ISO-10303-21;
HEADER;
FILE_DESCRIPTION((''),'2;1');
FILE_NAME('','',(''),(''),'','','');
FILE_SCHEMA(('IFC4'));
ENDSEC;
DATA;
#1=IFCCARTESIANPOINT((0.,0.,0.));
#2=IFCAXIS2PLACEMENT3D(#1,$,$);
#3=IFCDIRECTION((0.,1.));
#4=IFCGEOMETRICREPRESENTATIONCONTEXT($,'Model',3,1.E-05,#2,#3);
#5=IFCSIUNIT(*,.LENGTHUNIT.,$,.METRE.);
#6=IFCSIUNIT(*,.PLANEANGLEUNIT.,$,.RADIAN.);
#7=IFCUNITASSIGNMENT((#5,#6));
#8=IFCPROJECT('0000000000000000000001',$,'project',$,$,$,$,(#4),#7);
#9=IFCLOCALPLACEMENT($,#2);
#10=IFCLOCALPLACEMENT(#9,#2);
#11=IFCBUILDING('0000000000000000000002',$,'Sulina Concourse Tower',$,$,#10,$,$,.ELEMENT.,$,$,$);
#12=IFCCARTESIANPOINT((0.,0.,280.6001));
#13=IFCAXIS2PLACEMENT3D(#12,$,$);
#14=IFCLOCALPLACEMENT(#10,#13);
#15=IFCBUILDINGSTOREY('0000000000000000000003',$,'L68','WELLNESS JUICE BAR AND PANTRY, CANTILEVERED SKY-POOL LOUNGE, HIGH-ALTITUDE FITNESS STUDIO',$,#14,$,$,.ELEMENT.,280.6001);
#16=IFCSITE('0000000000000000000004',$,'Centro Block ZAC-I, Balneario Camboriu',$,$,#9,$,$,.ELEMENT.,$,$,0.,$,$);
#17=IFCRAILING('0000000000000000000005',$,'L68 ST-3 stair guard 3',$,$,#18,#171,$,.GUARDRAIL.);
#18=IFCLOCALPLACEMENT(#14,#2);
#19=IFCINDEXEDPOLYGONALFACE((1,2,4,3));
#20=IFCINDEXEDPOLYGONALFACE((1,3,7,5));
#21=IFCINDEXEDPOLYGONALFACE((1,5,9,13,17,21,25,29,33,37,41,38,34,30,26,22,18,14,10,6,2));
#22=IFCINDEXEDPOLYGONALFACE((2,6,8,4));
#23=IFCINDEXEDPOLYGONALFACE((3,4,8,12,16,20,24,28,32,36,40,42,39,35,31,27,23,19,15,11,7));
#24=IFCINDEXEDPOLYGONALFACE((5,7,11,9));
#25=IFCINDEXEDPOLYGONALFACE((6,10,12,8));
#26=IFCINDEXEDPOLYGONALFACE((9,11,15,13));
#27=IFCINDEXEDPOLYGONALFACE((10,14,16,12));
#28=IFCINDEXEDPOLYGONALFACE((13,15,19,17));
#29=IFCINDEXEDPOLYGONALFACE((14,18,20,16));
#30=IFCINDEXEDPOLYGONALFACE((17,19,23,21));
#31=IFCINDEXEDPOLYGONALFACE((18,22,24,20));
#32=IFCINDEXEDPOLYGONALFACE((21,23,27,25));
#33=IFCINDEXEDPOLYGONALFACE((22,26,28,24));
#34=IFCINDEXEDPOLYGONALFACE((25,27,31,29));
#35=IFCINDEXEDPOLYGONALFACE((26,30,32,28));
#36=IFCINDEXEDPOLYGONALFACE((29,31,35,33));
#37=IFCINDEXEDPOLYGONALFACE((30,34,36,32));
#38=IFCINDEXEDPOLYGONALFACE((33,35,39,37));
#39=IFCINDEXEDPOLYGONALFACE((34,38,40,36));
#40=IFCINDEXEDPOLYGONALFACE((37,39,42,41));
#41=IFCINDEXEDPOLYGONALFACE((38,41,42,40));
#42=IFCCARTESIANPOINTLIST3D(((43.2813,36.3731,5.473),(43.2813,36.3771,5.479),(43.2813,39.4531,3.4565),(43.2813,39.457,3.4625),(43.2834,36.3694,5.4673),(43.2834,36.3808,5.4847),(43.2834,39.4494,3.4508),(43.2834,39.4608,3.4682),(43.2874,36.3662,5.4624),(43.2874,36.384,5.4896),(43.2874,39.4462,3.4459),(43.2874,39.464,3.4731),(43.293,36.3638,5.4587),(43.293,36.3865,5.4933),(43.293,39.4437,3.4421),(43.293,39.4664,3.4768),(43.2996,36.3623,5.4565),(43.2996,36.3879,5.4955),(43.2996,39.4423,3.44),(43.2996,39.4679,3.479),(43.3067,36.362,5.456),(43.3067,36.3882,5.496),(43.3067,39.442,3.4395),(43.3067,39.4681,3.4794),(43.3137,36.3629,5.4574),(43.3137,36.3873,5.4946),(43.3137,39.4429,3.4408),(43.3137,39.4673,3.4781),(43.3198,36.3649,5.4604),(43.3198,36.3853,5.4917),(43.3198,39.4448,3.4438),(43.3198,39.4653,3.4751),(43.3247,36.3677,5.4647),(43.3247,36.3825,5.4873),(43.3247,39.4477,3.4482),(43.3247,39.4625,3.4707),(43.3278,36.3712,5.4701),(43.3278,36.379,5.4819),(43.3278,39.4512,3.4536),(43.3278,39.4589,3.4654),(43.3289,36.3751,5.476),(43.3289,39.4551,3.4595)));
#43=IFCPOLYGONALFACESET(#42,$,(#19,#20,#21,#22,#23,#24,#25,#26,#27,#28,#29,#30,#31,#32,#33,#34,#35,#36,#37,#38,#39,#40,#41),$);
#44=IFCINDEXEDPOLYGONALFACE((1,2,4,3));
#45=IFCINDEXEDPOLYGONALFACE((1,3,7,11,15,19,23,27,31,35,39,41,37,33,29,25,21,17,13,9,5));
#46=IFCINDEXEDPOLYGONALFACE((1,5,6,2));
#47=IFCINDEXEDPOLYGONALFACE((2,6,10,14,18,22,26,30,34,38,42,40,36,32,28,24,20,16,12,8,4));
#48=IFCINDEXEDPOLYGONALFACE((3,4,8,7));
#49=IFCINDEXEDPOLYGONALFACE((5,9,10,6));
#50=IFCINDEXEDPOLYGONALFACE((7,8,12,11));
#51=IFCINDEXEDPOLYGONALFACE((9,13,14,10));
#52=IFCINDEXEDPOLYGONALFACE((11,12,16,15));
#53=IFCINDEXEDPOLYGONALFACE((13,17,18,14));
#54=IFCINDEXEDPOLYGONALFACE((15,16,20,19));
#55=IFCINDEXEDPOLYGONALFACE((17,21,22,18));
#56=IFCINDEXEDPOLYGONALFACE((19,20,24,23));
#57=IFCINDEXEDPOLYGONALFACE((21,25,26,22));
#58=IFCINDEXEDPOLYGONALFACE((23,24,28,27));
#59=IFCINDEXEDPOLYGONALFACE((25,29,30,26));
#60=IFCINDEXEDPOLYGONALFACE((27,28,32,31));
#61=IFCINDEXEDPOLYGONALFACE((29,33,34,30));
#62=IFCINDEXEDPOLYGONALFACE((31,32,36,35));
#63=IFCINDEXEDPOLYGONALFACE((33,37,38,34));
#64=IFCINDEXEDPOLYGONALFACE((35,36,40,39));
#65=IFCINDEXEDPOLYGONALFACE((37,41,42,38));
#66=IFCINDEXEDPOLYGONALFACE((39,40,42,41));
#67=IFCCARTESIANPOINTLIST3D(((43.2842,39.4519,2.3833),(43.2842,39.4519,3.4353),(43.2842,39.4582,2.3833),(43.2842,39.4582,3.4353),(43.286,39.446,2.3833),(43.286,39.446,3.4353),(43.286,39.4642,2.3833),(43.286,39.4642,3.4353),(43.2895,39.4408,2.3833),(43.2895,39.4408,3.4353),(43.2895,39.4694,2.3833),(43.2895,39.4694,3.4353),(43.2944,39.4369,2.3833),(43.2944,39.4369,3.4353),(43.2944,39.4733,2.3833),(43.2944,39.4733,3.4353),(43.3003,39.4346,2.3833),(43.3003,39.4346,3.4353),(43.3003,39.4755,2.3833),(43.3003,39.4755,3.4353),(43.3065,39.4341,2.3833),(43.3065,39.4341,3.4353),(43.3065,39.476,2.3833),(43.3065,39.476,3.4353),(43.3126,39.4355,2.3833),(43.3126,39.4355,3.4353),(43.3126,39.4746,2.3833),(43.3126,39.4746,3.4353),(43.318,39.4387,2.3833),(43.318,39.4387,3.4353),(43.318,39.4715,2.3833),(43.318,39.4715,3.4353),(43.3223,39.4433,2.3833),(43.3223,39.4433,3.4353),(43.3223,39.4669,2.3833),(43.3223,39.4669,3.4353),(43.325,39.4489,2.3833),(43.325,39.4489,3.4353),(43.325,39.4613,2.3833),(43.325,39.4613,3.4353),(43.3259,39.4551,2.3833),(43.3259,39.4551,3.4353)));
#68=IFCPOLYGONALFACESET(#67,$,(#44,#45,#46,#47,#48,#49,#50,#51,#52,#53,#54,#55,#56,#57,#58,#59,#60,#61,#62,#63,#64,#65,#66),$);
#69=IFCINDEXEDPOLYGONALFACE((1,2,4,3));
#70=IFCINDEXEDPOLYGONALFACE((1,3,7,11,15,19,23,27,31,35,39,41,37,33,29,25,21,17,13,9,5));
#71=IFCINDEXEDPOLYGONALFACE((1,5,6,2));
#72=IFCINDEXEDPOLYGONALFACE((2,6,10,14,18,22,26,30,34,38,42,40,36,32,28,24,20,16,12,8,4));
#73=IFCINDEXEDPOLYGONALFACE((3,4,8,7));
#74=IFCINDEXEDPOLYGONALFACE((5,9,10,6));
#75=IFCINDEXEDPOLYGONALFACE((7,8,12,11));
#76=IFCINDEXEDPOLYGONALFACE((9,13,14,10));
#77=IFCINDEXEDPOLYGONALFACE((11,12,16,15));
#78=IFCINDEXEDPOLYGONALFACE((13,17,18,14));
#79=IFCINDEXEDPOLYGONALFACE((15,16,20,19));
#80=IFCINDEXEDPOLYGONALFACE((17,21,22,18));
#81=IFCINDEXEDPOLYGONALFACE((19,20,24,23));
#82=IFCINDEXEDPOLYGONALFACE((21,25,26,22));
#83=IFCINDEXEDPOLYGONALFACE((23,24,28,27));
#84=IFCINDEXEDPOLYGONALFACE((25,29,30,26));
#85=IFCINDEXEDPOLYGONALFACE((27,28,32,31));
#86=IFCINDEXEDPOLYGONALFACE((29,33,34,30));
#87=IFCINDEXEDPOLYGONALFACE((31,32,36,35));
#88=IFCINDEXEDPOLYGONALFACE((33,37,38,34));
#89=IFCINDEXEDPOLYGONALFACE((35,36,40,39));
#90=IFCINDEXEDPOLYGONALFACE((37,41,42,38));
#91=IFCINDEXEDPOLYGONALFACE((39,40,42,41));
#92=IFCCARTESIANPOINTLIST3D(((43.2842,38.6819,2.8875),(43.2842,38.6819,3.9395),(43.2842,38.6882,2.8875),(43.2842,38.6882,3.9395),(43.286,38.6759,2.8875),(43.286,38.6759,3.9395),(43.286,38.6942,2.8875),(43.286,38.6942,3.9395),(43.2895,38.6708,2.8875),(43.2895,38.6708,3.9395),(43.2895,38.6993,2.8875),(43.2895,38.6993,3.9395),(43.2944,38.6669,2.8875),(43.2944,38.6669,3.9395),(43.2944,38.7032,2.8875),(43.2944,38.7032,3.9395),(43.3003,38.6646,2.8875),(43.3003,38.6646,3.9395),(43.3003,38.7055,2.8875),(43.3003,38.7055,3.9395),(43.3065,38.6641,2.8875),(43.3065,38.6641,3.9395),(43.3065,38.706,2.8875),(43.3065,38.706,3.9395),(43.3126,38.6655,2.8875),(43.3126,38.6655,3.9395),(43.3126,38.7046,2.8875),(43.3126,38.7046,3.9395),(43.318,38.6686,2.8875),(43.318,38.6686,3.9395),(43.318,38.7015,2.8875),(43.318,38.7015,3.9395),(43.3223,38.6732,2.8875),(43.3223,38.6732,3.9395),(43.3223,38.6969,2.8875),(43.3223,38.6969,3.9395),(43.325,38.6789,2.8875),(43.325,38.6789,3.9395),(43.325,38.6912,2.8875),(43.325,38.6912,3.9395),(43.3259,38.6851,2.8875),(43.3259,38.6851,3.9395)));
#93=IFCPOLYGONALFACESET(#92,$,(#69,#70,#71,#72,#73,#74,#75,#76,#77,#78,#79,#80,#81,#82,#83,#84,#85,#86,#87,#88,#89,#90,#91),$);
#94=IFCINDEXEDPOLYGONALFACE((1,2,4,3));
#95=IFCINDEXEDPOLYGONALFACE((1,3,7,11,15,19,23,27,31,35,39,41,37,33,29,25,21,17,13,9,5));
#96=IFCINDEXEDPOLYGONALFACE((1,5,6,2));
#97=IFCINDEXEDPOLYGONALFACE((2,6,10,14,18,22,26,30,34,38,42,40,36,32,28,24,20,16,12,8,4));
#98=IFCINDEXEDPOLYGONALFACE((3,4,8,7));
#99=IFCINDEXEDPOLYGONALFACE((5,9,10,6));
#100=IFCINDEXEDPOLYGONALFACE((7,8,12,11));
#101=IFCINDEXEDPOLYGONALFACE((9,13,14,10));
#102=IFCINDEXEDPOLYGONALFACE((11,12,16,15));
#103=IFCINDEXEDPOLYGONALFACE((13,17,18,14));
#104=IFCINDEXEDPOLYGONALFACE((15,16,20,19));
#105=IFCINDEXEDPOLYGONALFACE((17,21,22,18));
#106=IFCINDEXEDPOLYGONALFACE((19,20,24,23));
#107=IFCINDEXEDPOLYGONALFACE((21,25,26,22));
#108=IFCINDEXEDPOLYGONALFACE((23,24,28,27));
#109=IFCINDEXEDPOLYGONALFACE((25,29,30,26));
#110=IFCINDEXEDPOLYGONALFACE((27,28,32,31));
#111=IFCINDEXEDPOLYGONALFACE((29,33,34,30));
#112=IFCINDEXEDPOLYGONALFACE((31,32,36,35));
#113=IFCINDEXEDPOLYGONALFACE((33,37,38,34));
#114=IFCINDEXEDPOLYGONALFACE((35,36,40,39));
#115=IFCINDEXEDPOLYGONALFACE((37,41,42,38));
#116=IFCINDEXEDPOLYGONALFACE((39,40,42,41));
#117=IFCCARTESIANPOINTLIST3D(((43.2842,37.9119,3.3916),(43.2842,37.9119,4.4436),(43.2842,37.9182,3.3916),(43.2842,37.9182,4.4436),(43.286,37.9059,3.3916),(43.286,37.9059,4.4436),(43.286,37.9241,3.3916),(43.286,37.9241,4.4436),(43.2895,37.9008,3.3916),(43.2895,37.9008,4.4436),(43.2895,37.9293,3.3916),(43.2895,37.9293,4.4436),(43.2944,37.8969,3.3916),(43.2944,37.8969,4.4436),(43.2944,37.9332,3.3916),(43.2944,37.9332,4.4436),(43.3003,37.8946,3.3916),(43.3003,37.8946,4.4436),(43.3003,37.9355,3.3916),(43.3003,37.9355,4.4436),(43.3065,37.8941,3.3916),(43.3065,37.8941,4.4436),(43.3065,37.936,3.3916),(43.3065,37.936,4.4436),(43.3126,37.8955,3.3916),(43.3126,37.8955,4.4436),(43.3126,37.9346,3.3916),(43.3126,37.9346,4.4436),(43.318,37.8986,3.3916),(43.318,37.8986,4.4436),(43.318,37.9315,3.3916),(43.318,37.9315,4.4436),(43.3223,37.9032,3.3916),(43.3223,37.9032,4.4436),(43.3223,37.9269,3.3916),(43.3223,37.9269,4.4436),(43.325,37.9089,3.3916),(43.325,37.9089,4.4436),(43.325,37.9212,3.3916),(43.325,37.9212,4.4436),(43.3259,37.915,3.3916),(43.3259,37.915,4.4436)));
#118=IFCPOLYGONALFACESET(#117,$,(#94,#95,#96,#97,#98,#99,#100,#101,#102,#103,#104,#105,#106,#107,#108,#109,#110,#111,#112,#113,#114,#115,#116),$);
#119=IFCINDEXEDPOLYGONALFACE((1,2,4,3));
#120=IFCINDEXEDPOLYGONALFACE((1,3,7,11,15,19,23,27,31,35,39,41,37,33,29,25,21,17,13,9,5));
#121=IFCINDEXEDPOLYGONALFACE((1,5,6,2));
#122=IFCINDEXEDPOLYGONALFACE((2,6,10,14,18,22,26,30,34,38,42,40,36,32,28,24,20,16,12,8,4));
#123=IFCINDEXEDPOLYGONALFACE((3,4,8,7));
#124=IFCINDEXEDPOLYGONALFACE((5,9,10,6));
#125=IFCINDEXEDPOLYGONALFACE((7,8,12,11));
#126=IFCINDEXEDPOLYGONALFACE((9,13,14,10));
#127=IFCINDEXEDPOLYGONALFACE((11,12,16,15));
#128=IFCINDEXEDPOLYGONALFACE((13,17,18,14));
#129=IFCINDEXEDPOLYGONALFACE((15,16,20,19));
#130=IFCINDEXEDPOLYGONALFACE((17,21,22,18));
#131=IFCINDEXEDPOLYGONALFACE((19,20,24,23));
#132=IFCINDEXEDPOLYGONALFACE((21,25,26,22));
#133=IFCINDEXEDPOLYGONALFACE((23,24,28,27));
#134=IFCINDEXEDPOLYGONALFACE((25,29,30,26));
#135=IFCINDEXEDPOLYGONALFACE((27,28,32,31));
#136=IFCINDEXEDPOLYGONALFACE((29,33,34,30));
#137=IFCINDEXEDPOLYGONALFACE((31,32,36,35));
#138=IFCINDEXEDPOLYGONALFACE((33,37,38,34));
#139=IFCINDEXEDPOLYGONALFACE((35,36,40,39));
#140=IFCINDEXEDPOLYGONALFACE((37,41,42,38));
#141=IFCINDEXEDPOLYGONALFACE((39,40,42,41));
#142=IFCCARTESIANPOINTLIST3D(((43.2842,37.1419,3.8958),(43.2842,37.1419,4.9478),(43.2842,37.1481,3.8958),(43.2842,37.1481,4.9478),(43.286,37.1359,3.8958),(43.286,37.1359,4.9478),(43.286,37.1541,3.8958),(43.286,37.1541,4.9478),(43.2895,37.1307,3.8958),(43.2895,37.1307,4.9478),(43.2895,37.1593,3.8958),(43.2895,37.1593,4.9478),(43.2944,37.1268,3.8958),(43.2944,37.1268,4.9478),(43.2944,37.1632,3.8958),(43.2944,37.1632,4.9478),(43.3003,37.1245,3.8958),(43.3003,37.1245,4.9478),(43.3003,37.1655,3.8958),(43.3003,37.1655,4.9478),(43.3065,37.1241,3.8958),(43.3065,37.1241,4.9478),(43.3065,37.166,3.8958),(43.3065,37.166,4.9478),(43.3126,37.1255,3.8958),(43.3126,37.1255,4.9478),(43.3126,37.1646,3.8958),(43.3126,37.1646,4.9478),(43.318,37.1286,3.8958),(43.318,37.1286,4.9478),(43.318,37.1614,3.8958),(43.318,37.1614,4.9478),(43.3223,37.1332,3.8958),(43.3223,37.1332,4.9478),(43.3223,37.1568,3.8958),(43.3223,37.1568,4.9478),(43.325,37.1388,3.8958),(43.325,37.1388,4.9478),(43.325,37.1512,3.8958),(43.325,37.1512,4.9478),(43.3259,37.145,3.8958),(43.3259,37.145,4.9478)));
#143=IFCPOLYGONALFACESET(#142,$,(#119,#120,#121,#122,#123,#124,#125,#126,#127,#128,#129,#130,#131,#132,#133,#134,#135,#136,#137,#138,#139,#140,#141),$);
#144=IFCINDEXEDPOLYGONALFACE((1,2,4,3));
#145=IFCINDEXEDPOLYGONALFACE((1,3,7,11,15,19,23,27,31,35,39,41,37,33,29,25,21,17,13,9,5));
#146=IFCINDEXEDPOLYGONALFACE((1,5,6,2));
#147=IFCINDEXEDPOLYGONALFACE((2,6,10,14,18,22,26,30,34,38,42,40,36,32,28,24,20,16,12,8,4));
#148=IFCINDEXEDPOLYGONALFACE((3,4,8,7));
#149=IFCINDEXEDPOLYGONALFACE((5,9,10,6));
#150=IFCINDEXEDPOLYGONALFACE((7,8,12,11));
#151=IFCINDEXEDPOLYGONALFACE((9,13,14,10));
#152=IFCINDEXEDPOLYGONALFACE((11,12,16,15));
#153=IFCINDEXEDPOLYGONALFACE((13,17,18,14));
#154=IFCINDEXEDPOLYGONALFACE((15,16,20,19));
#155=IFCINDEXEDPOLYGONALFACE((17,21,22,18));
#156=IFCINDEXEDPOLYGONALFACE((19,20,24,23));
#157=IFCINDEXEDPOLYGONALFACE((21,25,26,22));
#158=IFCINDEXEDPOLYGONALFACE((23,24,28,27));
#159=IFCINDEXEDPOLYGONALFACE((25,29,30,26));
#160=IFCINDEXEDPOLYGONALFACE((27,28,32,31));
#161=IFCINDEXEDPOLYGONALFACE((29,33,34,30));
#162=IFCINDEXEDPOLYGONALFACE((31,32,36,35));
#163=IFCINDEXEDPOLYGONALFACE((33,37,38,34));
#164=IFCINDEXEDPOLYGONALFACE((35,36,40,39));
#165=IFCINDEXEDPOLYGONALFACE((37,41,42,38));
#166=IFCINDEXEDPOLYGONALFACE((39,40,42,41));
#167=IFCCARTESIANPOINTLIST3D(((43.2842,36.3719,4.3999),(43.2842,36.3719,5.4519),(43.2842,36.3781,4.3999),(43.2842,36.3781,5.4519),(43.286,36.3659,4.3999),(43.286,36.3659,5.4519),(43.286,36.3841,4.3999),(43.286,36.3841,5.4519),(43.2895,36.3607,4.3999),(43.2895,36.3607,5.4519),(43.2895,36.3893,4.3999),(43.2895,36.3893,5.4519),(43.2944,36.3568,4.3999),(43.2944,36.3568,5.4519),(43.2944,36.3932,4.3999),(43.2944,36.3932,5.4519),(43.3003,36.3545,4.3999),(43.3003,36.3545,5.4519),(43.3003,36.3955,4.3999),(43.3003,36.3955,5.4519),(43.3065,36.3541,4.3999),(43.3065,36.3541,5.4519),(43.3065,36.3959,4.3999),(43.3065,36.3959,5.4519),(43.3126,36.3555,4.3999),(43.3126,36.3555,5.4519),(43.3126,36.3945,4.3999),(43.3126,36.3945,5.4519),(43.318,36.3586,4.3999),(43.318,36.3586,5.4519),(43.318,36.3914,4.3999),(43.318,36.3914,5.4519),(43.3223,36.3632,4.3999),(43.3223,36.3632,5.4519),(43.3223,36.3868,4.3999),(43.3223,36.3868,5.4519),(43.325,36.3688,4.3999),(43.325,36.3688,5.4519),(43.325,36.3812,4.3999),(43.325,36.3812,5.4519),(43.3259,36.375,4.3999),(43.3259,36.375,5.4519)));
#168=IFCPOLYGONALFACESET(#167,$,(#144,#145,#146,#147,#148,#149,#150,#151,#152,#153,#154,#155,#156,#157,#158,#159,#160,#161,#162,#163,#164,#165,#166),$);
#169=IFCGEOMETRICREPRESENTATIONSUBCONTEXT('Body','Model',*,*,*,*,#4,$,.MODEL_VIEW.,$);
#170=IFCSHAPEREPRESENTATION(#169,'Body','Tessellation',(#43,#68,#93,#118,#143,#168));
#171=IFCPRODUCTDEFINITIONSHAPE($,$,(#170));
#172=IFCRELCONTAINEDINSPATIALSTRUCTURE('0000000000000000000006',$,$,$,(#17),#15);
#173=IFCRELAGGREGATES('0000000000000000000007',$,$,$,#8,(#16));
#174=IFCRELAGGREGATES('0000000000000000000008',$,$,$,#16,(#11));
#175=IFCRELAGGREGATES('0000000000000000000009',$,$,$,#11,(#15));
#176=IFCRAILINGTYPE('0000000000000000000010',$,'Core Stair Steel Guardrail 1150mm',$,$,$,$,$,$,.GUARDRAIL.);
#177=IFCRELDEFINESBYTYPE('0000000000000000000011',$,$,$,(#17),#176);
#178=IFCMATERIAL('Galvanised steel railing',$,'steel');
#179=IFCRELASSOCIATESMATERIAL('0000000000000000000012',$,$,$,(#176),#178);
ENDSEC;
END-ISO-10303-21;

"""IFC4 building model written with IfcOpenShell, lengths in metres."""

from ifc_helpers import new_model, si_unit, direction, frame, origin, origin_2d, place, context, subcontext, project, spatial, circle, extrude, material, type_object, element, save


model = new_model("IFC4")

# Units and contexts
model_context = context("Model", 3, precision=1e-05, world=origin(), true_north=direction((0.0, 1.0)))
body_context = subcontext(model_context, "Body", "Model", "MODEL_VIEW")
ifc_project = project(units=[si_unit("LENGTHUNIT", "METRE"), si_unit("PLANEANGLEUNIT", "RADIAN")], contexts=[model_context])

# Site, building, storey
site_placement = place(None, origin())
site = spatial("IfcSite", under=ifc_project, at=site_placement, Name="Centro Block ZAC-I, Balneario Camboriu", CompositionType="ELEMENT", RefElevation=0.0)
building_placement = place(site_placement, origin())
building = spatial("IfcBuilding", under=site, at=building_placement, Name="Sulina Concourse Tower", CompositionType="ELEMENT")
storey_placement = place(building_placement, frame((0.0, 0.0, 280.6001)))
storey = spatial("IfcBuildingStorey", under=building, at=storey_placement, Name="L68", Description="WELLNESS JUICE BAR AND PANTRY, CANTILEVERED SKY-POOL LOUNGE, HIGH-ALTITUDE FITNESS STUDIO", CompositionType="ELEMENT", Elevation=280.6001)

# Railing
ifc_material_1 = material(Name="Galvanised steel railing", Category="steel")
railing_type_1 = type_object("IfcRailingType", Name="Core Stair Steel Guardrail 1150mm", PredefinedType="GUARDRAIL", material=ifc_material_1)
railing_1_placement = place(storey_placement, frame((43.3049, 39.4551, 2.3833)))
element("IfcRailing", 1, at=railing_1_placement, inside=storey, type_object=railing_type_1, Name="L68 ST-3 stair guard 3", PredefinedType="GUARDRAIL", context=body_context, shape_type="SweptSolid", body=[
    extrude(circle(Radius=0.0239, at=origin_2d()), frame((0.0, 0.0, 1.0762), z_axis=(0.0, -0.836633, 0.547764), x_axis=(1.0, 0.0, 0.0)), (0.0, 0.0, 1.0), 3.6814),
    extrude(circle(Radius=0.021, at=origin_2d()), origin(), (0.0, 0.0, 1.0), 1.052),
    extrude(circle(Radius=0.021, at=origin_2d()), frame((0.0, -0.77, 0.5042)), (0.0, 0.0, 1.0), 1.052),
    extrude(circle(Radius=0.021, at=origin_2d()), frame((0.0, -1.54, 1.0083)), (0.0, 0.0, 1.0), 1.052),
    extrude(circle(Radius=0.021, at=origin_2d()), frame((0.0, -2.3101, 1.5125)), (0.0, 0.0, 1.0), 1.052),
    extrude(circle(Radius=0.021, at=origin_2d()), frame((0.0, -3.0801, 2.0166)), (0.0, 0.0, 1.0), 1.052),
])

save(model, "model.ifc")
